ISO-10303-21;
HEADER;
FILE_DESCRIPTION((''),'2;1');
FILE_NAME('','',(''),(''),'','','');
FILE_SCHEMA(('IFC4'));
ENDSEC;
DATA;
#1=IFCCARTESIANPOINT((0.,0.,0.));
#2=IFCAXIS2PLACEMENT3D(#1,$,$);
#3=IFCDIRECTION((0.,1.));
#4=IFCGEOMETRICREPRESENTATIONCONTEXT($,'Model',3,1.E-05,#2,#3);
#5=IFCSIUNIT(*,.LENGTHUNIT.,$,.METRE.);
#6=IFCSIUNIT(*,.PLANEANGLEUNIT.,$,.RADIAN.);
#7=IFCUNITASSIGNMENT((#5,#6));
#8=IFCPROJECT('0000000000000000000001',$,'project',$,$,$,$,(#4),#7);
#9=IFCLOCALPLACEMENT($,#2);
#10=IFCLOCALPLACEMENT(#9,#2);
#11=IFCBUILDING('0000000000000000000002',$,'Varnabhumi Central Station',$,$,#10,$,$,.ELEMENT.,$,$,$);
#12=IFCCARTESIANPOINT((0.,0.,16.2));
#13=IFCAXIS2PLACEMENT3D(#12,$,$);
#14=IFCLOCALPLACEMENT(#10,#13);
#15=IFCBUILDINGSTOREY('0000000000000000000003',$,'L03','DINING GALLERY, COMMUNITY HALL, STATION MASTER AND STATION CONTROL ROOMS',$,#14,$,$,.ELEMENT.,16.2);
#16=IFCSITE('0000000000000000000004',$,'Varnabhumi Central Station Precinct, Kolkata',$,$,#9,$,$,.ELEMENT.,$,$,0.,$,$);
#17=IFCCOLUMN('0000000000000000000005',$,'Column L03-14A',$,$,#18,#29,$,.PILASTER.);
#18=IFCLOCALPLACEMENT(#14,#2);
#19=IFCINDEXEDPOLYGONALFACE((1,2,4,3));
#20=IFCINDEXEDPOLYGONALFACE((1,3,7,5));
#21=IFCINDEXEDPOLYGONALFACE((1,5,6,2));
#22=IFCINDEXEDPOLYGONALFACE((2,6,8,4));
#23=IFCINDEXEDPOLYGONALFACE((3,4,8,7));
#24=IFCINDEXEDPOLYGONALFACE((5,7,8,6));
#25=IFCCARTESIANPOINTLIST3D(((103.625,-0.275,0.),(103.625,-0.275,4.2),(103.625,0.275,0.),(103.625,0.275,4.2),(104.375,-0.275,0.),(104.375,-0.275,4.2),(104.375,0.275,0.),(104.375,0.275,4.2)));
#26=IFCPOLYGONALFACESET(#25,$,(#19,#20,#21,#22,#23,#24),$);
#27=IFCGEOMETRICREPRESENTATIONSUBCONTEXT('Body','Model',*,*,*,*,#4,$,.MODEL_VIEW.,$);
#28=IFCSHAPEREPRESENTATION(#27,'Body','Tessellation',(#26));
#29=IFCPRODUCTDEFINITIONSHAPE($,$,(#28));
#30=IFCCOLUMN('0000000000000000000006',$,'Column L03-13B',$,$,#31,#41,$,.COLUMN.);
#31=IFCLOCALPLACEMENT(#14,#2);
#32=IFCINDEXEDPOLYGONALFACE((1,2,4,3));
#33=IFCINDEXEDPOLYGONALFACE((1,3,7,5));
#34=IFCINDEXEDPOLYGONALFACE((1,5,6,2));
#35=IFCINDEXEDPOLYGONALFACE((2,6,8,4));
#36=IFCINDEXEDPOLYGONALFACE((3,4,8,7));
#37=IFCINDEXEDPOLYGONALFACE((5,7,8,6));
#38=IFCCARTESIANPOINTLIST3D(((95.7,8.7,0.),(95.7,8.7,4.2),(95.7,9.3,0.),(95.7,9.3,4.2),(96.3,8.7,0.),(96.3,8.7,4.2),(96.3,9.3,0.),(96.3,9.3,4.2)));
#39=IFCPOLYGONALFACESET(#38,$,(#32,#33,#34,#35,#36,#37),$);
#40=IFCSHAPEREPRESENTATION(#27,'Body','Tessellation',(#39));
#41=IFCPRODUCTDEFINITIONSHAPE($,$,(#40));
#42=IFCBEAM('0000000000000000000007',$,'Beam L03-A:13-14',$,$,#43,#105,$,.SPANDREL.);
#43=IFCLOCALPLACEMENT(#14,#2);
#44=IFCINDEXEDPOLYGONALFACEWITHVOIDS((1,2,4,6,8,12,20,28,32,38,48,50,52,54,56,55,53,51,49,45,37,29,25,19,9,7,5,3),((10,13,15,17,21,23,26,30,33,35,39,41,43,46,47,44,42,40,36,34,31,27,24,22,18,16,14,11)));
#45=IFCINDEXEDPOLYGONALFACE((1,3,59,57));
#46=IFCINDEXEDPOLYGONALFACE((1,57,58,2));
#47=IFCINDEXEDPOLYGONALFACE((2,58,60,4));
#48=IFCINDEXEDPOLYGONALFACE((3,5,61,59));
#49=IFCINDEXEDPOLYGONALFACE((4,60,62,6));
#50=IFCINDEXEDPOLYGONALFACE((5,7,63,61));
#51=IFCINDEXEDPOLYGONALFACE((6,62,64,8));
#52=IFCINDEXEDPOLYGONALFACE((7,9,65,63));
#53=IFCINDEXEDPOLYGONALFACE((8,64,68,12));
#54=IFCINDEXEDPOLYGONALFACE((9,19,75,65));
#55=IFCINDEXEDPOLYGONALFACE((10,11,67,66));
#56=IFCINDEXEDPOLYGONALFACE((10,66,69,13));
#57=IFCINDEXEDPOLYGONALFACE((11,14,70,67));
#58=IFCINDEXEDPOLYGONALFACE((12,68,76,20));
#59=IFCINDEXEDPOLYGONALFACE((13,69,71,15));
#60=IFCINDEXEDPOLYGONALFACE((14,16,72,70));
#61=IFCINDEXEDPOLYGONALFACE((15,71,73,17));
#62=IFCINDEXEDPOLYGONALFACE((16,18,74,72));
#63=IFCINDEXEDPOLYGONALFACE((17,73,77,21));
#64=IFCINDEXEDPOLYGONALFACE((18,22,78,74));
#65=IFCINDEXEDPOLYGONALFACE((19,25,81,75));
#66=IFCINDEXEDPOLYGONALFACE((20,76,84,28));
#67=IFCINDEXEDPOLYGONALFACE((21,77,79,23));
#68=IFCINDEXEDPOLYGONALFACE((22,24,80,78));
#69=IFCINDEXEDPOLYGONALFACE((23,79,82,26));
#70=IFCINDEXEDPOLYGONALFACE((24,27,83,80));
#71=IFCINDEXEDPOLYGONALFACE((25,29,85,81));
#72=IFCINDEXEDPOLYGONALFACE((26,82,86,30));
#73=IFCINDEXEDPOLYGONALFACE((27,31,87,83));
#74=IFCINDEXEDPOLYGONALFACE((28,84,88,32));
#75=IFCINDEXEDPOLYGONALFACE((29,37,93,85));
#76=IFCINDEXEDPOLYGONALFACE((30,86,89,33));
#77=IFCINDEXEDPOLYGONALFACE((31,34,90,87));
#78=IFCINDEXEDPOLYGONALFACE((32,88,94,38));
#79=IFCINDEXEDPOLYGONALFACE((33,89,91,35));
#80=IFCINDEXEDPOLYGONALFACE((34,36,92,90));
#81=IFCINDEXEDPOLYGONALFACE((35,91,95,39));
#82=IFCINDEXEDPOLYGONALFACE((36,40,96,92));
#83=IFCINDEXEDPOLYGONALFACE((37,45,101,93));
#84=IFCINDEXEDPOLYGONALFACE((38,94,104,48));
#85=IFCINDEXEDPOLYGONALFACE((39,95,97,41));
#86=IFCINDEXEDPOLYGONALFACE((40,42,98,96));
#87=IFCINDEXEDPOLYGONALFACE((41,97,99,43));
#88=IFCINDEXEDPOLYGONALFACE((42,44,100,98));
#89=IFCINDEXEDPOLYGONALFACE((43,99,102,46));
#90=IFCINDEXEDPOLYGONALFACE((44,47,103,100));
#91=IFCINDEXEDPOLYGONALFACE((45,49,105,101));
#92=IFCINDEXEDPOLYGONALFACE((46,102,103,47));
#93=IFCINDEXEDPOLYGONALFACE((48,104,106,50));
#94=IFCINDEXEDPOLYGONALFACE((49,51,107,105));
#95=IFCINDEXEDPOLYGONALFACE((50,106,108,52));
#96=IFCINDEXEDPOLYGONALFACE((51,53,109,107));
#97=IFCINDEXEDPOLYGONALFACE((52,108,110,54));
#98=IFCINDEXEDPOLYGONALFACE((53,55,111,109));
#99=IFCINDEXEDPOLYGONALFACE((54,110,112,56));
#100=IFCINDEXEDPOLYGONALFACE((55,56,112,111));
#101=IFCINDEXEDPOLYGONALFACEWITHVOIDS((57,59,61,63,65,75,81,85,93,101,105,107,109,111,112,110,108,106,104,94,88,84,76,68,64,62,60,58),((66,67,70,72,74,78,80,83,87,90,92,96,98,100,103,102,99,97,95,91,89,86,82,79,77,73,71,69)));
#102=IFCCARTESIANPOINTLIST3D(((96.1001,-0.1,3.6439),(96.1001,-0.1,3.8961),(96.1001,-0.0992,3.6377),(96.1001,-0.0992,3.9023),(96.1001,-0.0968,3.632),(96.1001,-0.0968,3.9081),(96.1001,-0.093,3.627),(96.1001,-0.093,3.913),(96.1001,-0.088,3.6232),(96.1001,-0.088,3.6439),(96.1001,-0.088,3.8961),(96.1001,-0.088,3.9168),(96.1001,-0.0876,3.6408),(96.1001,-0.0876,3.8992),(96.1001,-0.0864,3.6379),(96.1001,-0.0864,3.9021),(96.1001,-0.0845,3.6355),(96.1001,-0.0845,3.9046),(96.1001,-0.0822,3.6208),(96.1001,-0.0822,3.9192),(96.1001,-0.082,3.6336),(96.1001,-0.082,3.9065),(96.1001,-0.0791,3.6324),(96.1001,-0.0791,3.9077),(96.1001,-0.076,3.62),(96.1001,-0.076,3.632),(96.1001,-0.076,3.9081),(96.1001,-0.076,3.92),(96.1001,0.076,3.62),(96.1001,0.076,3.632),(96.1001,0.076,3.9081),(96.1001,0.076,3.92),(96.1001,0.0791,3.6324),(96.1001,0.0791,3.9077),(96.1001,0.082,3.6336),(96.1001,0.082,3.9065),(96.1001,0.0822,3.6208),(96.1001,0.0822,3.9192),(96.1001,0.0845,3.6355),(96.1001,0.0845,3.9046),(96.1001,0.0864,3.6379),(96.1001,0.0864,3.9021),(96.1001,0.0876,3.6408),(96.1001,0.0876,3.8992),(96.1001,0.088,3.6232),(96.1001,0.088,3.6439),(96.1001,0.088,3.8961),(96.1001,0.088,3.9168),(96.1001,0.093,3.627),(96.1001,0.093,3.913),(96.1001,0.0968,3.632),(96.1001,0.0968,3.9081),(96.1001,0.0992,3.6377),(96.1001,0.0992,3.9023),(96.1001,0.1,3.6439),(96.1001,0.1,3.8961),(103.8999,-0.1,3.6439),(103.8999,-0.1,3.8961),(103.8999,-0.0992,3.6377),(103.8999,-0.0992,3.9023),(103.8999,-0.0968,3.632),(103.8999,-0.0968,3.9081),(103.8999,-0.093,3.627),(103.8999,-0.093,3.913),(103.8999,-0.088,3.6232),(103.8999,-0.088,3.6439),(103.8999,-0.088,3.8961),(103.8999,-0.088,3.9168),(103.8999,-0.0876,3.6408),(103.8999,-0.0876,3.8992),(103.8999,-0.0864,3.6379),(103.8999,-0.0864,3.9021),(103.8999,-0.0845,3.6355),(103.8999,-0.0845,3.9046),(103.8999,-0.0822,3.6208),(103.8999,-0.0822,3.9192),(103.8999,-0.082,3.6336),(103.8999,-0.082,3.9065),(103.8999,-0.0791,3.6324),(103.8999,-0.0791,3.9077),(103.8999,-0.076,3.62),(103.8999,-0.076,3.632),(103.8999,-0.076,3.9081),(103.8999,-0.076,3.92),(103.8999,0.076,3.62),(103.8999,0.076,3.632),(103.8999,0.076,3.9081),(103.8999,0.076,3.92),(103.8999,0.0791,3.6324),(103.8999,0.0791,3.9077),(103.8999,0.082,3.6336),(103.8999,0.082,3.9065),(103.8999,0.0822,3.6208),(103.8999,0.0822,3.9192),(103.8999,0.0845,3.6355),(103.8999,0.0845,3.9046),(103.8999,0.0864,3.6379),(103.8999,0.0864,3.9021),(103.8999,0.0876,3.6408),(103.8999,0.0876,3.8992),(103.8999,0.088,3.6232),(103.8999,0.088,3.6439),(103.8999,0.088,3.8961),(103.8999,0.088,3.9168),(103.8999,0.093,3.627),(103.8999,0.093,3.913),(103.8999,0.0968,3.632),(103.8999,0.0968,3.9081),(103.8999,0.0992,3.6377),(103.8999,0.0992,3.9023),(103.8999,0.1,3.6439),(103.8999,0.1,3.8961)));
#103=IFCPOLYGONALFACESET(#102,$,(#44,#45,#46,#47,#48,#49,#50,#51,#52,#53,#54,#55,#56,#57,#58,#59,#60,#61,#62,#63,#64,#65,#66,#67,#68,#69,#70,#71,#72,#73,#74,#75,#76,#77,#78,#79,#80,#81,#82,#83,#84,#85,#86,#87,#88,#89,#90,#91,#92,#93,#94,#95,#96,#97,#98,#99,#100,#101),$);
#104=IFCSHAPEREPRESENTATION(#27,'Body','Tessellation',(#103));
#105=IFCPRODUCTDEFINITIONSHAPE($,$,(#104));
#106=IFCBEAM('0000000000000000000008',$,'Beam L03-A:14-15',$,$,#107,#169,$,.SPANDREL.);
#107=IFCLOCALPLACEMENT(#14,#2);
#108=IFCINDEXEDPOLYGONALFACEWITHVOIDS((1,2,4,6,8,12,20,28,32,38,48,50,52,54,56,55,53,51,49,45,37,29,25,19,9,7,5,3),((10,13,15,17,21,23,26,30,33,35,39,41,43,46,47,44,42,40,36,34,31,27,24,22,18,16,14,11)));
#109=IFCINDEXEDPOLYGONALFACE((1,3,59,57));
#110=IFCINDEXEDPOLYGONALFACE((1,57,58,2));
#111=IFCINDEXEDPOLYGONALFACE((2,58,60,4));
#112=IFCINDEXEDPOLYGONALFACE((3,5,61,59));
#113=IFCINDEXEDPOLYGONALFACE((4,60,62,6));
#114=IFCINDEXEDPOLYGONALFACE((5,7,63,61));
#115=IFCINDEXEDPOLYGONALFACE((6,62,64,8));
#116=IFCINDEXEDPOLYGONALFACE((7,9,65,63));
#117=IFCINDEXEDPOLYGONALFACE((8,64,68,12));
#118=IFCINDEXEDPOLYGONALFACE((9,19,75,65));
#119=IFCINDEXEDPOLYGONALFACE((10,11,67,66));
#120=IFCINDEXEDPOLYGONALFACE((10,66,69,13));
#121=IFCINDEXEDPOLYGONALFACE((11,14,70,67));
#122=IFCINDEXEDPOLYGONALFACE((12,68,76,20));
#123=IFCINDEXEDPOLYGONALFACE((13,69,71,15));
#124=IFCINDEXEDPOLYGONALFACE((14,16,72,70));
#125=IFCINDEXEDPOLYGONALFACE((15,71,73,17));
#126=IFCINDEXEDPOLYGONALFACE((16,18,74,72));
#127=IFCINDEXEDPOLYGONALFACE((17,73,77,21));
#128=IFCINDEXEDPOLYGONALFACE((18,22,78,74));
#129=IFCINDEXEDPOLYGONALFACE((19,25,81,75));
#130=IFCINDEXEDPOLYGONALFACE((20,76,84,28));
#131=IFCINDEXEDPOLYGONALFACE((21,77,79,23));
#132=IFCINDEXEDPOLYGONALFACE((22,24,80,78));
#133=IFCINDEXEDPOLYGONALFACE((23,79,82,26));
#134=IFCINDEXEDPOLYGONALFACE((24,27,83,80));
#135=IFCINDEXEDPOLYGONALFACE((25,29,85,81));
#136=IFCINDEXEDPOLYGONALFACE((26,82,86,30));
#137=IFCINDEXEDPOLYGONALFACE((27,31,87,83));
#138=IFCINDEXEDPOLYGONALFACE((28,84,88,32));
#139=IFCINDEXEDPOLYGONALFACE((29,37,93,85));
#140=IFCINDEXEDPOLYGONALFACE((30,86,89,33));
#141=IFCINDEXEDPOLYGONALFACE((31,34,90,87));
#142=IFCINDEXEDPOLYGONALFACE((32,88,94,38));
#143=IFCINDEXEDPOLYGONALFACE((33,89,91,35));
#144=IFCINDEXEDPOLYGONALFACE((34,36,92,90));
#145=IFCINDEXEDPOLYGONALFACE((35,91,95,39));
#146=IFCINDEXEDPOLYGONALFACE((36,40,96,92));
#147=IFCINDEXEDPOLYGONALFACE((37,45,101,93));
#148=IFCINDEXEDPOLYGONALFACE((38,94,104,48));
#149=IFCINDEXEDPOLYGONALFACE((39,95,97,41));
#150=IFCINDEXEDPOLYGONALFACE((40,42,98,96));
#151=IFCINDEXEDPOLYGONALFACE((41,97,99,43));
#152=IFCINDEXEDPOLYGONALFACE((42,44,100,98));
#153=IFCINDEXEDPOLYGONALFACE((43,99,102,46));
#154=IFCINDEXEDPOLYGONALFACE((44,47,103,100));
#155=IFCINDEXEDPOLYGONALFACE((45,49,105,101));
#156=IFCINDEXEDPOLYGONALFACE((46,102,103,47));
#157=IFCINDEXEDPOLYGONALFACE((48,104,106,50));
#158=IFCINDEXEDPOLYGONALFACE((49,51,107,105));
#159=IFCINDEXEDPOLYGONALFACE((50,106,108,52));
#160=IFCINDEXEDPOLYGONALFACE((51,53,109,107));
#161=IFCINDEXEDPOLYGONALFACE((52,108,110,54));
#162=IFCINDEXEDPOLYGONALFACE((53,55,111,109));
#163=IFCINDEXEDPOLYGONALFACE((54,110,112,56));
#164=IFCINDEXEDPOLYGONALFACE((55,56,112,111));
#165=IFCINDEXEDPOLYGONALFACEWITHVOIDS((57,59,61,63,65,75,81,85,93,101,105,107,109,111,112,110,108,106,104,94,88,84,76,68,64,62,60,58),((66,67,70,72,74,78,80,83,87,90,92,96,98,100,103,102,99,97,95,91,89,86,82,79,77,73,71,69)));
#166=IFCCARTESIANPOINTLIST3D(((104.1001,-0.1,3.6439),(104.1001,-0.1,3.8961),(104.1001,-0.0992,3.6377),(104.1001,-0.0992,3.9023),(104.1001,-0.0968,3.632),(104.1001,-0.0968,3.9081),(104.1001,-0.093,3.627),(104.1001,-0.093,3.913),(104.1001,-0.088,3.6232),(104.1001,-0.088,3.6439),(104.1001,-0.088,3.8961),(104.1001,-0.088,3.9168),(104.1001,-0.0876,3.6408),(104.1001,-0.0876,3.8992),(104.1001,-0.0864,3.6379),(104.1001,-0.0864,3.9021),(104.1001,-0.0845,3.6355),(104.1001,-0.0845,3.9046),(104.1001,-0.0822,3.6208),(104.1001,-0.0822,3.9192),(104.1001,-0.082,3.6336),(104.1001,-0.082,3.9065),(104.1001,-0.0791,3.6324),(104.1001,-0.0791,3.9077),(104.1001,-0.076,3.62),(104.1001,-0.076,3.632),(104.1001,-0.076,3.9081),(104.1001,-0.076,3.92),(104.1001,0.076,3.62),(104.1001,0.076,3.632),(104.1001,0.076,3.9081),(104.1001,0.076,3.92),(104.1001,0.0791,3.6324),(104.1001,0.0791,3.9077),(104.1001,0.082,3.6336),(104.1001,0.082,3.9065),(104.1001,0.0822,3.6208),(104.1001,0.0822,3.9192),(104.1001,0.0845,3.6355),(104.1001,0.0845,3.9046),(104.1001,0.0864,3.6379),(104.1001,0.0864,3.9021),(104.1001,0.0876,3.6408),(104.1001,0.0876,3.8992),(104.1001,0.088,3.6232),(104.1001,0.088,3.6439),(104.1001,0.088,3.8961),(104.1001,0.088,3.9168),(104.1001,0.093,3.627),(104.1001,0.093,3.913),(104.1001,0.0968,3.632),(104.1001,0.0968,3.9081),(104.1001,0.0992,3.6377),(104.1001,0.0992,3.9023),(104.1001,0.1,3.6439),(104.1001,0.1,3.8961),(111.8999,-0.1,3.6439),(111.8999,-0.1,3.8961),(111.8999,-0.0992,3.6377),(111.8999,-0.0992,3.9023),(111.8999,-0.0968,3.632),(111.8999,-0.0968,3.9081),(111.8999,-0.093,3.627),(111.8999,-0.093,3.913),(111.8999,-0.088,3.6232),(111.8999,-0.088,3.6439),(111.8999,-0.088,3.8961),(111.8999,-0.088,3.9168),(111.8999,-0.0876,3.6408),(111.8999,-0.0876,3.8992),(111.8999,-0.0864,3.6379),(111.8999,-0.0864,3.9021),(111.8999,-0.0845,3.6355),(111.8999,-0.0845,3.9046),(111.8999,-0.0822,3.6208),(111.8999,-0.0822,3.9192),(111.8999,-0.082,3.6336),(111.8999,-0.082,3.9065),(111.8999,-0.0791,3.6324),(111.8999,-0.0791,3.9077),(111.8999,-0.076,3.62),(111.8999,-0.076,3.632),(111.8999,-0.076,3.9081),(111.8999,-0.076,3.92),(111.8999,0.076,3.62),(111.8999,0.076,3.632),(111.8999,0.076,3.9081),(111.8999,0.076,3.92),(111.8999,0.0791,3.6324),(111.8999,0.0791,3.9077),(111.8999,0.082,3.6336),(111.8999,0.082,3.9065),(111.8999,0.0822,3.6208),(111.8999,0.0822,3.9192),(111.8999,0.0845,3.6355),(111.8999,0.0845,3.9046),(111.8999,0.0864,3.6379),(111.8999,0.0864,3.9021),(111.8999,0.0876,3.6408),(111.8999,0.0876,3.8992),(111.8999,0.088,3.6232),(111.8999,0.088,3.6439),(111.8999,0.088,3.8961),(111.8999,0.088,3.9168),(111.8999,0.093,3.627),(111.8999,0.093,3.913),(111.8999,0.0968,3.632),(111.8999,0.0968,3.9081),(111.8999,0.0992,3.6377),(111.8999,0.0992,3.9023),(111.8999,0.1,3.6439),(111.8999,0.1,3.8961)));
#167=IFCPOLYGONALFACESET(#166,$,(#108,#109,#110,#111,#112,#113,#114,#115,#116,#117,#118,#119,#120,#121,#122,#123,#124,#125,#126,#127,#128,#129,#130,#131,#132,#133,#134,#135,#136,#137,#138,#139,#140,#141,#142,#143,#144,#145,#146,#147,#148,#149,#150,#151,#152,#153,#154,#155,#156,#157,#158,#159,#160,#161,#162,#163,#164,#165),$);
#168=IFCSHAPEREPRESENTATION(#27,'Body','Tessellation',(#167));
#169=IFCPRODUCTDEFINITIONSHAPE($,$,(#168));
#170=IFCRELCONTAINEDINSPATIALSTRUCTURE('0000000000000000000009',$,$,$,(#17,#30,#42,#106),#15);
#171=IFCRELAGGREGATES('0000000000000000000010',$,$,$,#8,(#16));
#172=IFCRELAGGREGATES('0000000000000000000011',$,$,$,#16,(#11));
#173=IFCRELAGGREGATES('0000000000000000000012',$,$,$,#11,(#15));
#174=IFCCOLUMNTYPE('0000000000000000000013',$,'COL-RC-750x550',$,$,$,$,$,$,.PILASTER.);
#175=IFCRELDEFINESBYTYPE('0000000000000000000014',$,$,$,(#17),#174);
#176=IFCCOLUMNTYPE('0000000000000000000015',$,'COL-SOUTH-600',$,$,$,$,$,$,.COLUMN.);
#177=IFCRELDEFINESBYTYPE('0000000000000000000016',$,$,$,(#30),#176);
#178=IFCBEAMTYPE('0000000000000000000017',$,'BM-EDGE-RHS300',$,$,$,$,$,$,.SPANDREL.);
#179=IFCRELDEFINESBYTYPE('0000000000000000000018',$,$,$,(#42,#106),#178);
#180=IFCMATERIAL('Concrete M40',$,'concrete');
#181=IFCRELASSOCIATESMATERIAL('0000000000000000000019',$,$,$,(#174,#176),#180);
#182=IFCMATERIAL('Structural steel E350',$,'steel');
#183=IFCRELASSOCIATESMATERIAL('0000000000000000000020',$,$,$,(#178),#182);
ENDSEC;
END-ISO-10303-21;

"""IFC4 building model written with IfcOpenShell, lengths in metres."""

from ifc_helpers import new_model, si_unit, direction, frame, origin, origin_2d, place, context, subcontext, project, spatial, rectangle, hollow_rectangle, extrude, material, material_profile, profile_set, type_object, element, save


model = new_model("IFC4")

# Units and contexts
model_context = context("Model", 3, precision=1e-05, world=origin(), true_north=direction((0.0, 1.0)))
body_context = subcontext(model_context, "Body", "Model", "MODEL_VIEW")
ifc_project = project(units=[si_unit("LENGTHUNIT", "METRE"), si_unit("PLANEANGLEUNIT", "RADIAN")], contexts=[model_context])

# Site, building, storey
site_placement = place(None, origin())
site = spatial("IfcSite", under=ifc_project, at=site_placement, Name="Varnabhumi Central Station Precinct, Kolkata", CompositionType="ELEMENT", RefElevation=0.0)
building_placement = place(site_placement, origin())
building = spatial("IfcBuilding", under=site, at=building_placement, Name="Varnabhumi Central Station", CompositionType="ELEMENT")
storey_placement = place(building_placement, frame((0.0, 0.0, 16.2)))
storey = spatial("IfcBuildingStorey", under=building, at=storey_placement, Name="L03", Description="DINING GALLERY, COMMUNITY HALL, STATION MASTER AND STATION CONTROL ROOMS", CompositionType="ELEMENT", Elevation=16.2)

# Columns
ifc_material_1 = material(Name="Concrete M40", Category="concrete")
ifc_material_profile_1 = material_profile(ifc_material_1, rectangle(XDim=0.75, YDim=0.55, at=origin_2d()), Name="Concrete M40", Category="concrete")
ifc_profile_set_1 = profile_set([ifc_material_profile_1], Name="Concrete M40")
column_type_1 = type_object("IfcColumnType", Name="COL-RC-750x550", PredefinedType="PILASTER", material=ifc_profile_set_1)
column_1_placement = place(storey_placement, frame((104.0, 0.0, 0.0), z_axis=(0.0, 0.0, 1.0), x_axis=(1.0, 0.0, 0.0)))
element("IfcColumn", 1, at=column_1_placement, inside=storey, type_object=column_type_1, Name="Column L03-14A", PredefinedType="PILASTER", context=body_context, shape_type="SweptSolid", body=[
    extrude(rectangle(XDim=0.75, YDim=0.55, at=origin_2d()), origin(), (0.0, 0.0, 1.0), 4.2),
])
ifc_material_profile_2 = material_profile(ifc_material_1, rectangle(XDim=0.6001, YDim=0.6001, at=origin_2d()), Name="Concrete M40", Category="concrete")
ifc_profile_set_2 = profile_set([ifc_material_profile_2], Name="Concrete M40")
column_type_2 = type_object("IfcColumnType", Name="COL-SOUTH-600", PredefinedType="COLUMN", material=ifc_profile_set_2)
column_2_placement = place(storey_placement, frame((96.0, 9.0, 0.0), z_axis=(0.0, 0.0, 1.0), x_axis=(1.0, 0.0, 0.0)))
element("IfcColumn", 2, at=column_2_placement, inside=storey, type_object=column_type_2, Name="Column L03-13B", PredefinedType="COLUMN", context=body_context, shape_type="SweptSolid", body=[
    extrude(rectangle(XDim=0.6001, YDim=0.6001, at=origin_2d()), origin(), (0.0, 0.0, 1.0), 4.2),
])

# Beams
ifc_material_2 = material(Name="Structural steel E350", Category="steel")
ifc_material_profile_3 = material_profile(ifc_material_2, hollow_rectangle(XDim=0.2, YDim=0.3, WallThickness=0.012, InnerFilletRadius=0.012, OuterFilletRadius=0.0239, at=origin_2d()), Name="Structural steel E350", Category="steel")
ifc_profile_set_3 = profile_set([ifc_material_profile_3], Name="Structural steel E350")
beam_type_1 = type_object("IfcBeamType", Name="BM-EDGE-RHS300", PredefinedType="SPANDREL", material=ifc_profile_set_3)
for number, where, z_axis, x_axis, name in (
    (3, (96.1001, 0.0, 3.77), (1.0, 0.0, 0.0), (0.0, 1.0, 0.0), "Beam L03-A:13-14"),
    (4, (104.1001, 0.0, 3.77), (1.0, 0.0, 0.0), (0.0, 1.0, 0.0), "Beam L03-A:14-15"),
):
    element("IfcBeam", number, at=place(storey_placement, frame(where, z_axis=z_axis, x_axis=x_axis)), inside=storey, type_object=beam_type_1, Name=name, PredefinedType="SPANDREL", context=body_context, shape_type="SweptSolid", body=[
        extrude(hollow_rectangle(XDim=0.2, YDim=0.3, WallThickness=0.012, InnerFilletRadius=0.012, OuterFilletRadius=0.0239, at=origin_2d()), origin(), (0.0, 0.0, 1.0), 7.7998),
    ])

save(model, "model.ifc")
